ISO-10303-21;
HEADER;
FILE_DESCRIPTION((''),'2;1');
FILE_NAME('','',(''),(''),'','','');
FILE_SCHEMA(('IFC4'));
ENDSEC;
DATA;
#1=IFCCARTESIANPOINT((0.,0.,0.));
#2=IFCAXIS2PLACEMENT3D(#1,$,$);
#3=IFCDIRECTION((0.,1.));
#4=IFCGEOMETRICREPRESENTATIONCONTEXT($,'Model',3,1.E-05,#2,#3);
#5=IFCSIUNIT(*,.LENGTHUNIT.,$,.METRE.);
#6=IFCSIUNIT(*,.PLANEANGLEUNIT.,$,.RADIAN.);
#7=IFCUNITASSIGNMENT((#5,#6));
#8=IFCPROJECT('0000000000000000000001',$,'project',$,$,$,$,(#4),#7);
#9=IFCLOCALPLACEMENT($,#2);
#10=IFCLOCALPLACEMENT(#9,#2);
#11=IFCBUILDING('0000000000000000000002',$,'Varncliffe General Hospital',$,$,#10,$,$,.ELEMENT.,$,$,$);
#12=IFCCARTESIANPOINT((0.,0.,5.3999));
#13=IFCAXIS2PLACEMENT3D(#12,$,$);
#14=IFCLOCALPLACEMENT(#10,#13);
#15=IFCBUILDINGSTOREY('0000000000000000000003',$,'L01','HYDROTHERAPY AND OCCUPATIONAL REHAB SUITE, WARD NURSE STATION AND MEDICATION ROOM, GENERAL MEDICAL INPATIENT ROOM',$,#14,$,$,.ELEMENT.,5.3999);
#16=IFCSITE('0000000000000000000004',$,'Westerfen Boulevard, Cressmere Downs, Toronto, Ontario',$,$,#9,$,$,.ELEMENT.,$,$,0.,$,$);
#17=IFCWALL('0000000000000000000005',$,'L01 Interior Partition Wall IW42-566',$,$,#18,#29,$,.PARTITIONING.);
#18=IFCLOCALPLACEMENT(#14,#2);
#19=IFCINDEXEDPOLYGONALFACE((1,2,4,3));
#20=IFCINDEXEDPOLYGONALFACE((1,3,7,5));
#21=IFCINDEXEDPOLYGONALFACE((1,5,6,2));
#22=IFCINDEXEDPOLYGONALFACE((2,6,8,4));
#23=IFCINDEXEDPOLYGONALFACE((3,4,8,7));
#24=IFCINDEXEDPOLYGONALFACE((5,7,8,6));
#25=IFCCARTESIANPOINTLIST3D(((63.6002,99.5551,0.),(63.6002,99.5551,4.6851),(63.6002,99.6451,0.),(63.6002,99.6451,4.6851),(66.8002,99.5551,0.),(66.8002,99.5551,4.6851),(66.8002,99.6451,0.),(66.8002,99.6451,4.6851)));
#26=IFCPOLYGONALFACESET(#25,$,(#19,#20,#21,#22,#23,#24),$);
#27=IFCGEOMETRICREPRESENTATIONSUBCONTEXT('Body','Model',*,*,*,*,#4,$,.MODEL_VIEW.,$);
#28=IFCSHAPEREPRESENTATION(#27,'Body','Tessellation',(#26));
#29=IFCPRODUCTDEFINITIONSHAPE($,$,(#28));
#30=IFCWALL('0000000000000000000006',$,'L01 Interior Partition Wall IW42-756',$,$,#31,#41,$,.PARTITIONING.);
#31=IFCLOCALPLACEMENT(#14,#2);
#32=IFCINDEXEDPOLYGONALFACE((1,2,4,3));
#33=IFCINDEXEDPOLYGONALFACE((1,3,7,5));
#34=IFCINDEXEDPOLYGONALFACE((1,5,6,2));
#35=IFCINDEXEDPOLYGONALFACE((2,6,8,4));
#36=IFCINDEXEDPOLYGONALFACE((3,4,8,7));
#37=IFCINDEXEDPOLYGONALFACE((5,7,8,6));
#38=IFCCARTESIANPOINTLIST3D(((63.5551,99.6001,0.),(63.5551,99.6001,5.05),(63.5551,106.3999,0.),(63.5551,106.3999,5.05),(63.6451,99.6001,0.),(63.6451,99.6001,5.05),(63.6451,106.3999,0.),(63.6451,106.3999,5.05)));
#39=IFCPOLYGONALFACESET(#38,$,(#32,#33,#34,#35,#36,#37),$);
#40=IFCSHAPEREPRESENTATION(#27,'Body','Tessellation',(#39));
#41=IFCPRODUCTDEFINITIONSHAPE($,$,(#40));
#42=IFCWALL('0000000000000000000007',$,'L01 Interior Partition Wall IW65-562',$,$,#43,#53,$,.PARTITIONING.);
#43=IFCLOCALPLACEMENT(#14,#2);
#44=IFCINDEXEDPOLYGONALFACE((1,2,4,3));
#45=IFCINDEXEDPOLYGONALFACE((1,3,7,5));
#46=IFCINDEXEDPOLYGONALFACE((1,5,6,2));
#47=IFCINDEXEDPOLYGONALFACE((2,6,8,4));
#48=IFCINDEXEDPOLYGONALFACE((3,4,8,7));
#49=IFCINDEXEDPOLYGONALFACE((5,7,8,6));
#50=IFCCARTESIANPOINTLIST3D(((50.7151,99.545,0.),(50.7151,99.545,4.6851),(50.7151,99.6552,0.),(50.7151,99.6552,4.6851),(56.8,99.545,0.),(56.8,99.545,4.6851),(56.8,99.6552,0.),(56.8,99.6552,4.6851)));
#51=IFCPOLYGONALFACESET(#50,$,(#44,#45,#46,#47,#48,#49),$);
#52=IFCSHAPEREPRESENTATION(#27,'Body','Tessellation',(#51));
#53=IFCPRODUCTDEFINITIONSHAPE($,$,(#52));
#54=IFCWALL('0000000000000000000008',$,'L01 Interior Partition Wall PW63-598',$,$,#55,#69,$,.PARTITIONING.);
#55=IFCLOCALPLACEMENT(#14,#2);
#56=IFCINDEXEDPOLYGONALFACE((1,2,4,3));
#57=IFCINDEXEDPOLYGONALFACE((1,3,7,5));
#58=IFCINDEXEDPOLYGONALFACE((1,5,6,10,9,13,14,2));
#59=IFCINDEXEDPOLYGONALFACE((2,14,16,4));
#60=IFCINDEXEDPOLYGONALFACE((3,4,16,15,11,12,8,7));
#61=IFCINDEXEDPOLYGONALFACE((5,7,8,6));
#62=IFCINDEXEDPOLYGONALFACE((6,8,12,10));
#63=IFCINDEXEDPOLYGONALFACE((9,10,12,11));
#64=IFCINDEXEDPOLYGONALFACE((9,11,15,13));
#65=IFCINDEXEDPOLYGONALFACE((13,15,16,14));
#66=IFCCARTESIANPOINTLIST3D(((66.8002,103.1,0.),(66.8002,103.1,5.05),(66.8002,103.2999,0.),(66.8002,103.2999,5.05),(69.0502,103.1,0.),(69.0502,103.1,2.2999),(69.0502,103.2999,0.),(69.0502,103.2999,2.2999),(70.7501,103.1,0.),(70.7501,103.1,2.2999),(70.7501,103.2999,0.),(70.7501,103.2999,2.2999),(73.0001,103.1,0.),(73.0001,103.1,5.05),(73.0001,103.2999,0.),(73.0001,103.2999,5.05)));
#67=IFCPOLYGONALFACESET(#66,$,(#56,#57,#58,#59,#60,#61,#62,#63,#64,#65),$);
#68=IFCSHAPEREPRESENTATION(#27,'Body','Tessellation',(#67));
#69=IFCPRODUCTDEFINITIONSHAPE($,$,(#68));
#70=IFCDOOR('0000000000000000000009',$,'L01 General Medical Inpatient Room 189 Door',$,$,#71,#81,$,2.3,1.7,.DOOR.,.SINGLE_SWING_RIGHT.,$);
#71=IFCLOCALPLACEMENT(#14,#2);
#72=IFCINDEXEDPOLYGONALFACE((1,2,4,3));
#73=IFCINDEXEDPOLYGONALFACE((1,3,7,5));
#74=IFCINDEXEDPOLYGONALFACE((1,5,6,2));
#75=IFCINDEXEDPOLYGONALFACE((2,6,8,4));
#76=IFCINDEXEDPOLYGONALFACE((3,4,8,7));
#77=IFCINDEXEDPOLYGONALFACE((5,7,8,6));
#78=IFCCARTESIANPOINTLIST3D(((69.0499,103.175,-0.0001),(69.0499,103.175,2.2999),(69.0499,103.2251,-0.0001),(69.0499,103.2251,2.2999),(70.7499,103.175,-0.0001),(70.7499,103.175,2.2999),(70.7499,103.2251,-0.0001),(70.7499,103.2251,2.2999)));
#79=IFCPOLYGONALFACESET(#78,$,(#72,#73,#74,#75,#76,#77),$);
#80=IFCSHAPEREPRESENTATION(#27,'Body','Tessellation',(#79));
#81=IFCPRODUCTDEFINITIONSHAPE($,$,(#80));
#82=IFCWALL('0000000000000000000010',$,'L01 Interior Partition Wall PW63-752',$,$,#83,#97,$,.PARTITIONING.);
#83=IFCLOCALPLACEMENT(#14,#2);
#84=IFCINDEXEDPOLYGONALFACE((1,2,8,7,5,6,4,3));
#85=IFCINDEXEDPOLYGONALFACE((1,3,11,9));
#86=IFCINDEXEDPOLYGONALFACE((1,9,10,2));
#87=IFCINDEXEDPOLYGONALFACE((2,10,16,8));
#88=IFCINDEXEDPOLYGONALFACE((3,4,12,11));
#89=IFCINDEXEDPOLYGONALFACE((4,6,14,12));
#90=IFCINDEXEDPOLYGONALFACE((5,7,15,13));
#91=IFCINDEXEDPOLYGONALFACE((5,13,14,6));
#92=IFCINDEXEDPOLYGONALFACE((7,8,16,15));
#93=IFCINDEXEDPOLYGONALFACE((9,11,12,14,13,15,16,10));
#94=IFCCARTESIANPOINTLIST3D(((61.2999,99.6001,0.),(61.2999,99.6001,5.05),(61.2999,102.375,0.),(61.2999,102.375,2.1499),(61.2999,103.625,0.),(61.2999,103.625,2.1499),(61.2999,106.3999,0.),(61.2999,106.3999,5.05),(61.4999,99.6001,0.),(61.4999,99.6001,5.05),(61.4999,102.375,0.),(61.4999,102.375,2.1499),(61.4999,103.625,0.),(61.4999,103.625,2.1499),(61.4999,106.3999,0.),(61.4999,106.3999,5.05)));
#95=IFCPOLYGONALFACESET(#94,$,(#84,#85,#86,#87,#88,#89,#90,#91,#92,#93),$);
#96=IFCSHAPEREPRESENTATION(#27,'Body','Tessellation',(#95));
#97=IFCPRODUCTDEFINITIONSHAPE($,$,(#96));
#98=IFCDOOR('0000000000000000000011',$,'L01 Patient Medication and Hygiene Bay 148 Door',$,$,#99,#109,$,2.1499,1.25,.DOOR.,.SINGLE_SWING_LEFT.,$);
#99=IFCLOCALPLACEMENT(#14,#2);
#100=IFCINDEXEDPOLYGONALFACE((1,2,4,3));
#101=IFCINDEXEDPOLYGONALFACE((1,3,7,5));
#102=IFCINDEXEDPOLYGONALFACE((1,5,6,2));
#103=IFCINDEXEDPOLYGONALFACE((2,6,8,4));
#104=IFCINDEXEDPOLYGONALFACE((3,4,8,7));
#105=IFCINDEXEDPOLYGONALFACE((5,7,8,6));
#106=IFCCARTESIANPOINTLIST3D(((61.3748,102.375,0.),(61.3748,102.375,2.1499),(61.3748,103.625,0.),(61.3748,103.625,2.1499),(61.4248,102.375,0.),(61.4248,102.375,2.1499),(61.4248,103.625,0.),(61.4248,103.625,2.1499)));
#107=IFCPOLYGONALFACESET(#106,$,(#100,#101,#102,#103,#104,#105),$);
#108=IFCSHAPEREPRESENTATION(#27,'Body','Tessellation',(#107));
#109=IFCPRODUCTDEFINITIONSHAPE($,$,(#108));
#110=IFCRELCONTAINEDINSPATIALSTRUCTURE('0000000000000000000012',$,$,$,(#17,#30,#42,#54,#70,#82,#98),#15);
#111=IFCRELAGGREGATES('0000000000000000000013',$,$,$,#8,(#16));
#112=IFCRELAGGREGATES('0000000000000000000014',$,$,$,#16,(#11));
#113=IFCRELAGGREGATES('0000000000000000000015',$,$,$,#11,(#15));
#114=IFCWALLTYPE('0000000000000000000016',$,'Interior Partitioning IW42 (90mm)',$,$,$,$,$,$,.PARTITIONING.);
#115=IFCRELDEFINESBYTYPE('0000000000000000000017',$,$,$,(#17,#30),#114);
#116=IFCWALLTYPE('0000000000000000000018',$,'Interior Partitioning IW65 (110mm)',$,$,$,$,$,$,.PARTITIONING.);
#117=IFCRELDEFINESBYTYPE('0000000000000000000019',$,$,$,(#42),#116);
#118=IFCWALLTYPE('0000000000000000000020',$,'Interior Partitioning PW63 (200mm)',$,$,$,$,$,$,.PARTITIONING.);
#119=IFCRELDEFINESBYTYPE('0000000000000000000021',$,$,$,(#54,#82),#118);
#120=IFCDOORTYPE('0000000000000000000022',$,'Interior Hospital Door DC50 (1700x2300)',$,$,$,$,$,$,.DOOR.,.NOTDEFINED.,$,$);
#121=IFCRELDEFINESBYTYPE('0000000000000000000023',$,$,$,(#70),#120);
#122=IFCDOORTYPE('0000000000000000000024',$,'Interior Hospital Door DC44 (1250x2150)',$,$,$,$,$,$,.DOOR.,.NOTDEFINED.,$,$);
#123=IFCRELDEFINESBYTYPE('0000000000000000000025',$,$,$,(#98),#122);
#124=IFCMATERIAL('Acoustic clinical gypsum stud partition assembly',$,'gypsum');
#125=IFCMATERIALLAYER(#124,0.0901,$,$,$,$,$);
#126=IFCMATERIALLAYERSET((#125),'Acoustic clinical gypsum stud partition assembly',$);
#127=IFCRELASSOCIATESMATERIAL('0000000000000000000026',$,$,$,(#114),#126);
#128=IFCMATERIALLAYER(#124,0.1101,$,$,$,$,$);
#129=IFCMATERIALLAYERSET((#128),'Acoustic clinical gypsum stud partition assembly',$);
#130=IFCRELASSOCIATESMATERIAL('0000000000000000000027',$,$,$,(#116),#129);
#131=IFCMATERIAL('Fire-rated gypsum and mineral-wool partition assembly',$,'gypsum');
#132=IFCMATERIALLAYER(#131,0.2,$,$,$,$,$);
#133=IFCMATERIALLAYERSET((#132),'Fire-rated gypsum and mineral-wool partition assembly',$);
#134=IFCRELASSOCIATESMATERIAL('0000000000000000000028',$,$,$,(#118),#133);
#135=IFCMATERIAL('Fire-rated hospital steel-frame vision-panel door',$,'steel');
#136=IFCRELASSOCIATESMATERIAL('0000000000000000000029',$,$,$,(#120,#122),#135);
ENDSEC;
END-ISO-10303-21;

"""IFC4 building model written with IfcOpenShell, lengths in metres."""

from ifc_helpers import new_model, si_unit, direction, frame, frame_2d, origin, place, context, subcontext, project, spatial, rectangle, extrude, material, layer, layer_set, type_object, element, fill, save


model = new_model("IFC4")

# Units and contexts
model_context = context("Model", 3, precision=1e-05, world=origin(), true_north=direction((0.0, 1.0)))
body_context = subcontext(model_context, "Body", "Model", "MODEL_VIEW")
ifc_project = project(units=[si_unit("LENGTHUNIT", "METRE"), si_unit("PLANEANGLEUNIT", "RADIAN")], contexts=[model_context])

# Site, building, storey
site_placement = place(None, origin())
site = spatial("IfcSite", under=ifc_project, at=site_placement, Name="Westerfen Boulevard, Cressmere Downs, Toronto, Ontario", CompositionType="ELEMENT", RefElevation=0.0)
building_placement = place(site_placement, origin())
building = spatial("IfcBuilding", under=site, at=building_placement, Name="Varncliffe General Hospital", CompositionType="ELEMENT")
storey_placement = place(building_placement, frame((0.0, 0.0, 5.3999)))
storey = spatial("IfcBuildingStorey", under=building, at=storey_placement, Name="L01", Description="HYDROTHERAPY AND OCCUPATIONAL REHAB SUITE, WARD NURSE STATION AND MEDICATION ROOM, GENERAL MEDICAL INPATIENT ROOM", CompositionType="ELEMENT", Elevation=5.3999)

# Walls
ifc_material_1 = material(Name="Acoustic clinical gypsum stud partition assembly", Category="gypsum")
ifc_layer_1 = layer(ifc_material_1, 0.0901)
ifc_layer_set_1 = layer_set([ifc_layer_1], Name="Acoustic clinical gypsum stud partition assembly")
wall_type_1 = type_object("IfcWallType", Name="Interior Partitioning IW42 (90mm)", PredefinedType="PARTITIONING", material=ifc_layer_set_1)
wall_1_placement = place(storey_placement, frame((63.6001, 99.6001, 0.0), z_axis=(0.0, 0.0, 1.0), x_axis=(1.0, 0.0, 0.0)))
element("IfcWall", 1, at=wall_1_placement, inside=storey, type_object=wall_type_1, Name="L01 Interior Partition Wall IW42-566", PredefinedType="PARTITIONING", context=body_context, shape_type="SweptSolid", body=[
    extrude(rectangle(XDim=3.2, YDim=0.0901, at=frame_2d((1.6001, 0.0))), origin(), (0.0, 0.0, 1.0), 4.6851),
])
wall_2_placement = place(storey_placement, frame((63.6001, 99.6001, 0.0), z_axis=(0.0, 0.0, 1.0), x_axis=(0.0, 1.0, 0.0)))
element("IfcWall", 2, at=wall_2_placement, inside=storey, type_object=wall_type_1, Name="L01 Interior Partition Wall IW42-756", PredefinedType="PARTITIONING", context=body_context, shape_type="SweptSolid", body=[
    extrude(rectangle(XDim=6.7998, YDim=0.0901, at=frame_2d((3.3999, 0.0))), origin(), (0.0, 0.0, 1.0), 5.05),
])
ifc_layer_2 = layer(ifc_material_1, 0.1101)
ifc_layer_set_2 = layer_set([ifc_layer_2], Name="Acoustic clinical gypsum stud partition assembly")
wall_type_2 = type_object("IfcWallType", Name="Interior Partitioning IW65 (110mm)", PredefinedType="PARTITIONING", material=ifc_layer_set_2)
wall_3_placement = place(storey_placement, frame((50.7151, 99.6001, 0.0), z_axis=(0.0, 0.0, 1.0), x_axis=(1.0, 0.0, 0.0)))
element("IfcWall", 3, at=wall_3_placement, inside=storey, type_object=wall_type_2, Name="L01 Interior Partition Wall IW65-562", PredefinedType="PARTITIONING", context=body_context, shape_type="SweptSolid", body=[
    extrude(rectangle(XDim=6.085, YDim=0.1101, at=frame_2d((3.0425, 0.0))), origin(), (0.0, 0.0, 1.0), 4.6851),
])

# Walls, openings, doors
ifc_material_2 = material(Name="Fire-rated gypsum and mineral-wool partition assembly", Category="gypsum")
ifc_layer_3 = layer(ifc_material_2, 0.2)
ifc_layer_set_3 = layer_set([ifc_layer_3], Name="Fire-rated gypsum and mineral-wool partition assembly")
wall_type_3 = type_object("IfcWallType", Name="Interior Partitioning PW63 (200mm)", PredefinedType="PARTITIONING", material=ifc_layer_set_3)
wall_4_placement = place(storey_placement, frame((66.8, 103.2, 0.0), z_axis=(0.0, 0.0, 1.0), x_axis=(1.0, 0.0, 0.0)))
wall_4 = element("IfcWall", 4, at=wall_4_placement, inside=storey, type_object=wall_type_3, Name="L01 Interior Partition Wall PW63-598", PredefinedType="PARTITIONING", context=body_context, shape_type="SweptSolid", body=[
    extrude(rectangle(XDim=6.2, YDim=0.2, at=frame_2d((3.1001, 0.0))), origin(), (0.0, 0.0, 1.0), 5.05),
])
opening_1_placement = place(wall_4_placement, frame((2.25, 0.0, 0.0)))
opening_1 = element("IfcOpeningElement", 5, at=opening_1_placement, cuts=wall_4, PredefinedType="OPENING", context=body_context, shape_type="SweptSolid", body=[
    extrude(rectangle(XDim=1.7, YDim=2.3, at=frame_2d((0.8501, 1.1499))), frame((0.0, 0.1099, 0.0), z_axis=(0.0, -1.0, 0.0), x_axis=(1.0, 0.0, 0.0)), (0.0, 0.0, 1.0), 0.22),
])
ifc_material_3 = material(Name="Fire-rated hospital steel-frame vision-panel door", Category="steel")
door_type_1 = type_object("IfcDoorType", Name="Interior Hospital Door DC50 (1700x2300)", OperationType="NOTDEFINED", PredefinedType="DOOR", material=ifc_material_3)
door_1_placement = place(opening_1_placement, frame((1.7, 0.0, 0.0), z_axis=(0.0, 0.0, 1.0), x_axis=(-1.0, 0.0, 0.0)))
door_1 = element("IfcDoor", 6, at=door_1_placement, inside=storey, type_object=door_type_1, Name="L01 General Medical Inpatient Room 189 Door", OperationType="SINGLE_SWING_RIGHT", OverallHeight=2.3, OverallWidth=1.7, PredefinedType="DOOR", context=body_context, shape_type="SweptSolid", body=[
    extrude(rectangle(XDim=1.7, YDim=2.3, at=frame_2d((0.8501, 1.1499))), frame((0.0, 0.0249, 0.0), z_axis=(0.0, -1.0, 0.0), x_axis=(1.0, 0.0, 0.0)), (0.0, 0.0, 1.0), 0.05),
])
fill(opening_1, door_1)
wall_5_placement = place(storey_placement, frame((61.3999, 99.6001, 0.0), z_axis=(0.0, 0.0, 1.0), x_axis=(0.0, 1.0, 0.0)))
wall_5 = element("IfcWall", 7, at=wall_5_placement, inside=storey, type_object=wall_type_3, Name="L01 Interior Partition Wall PW63-752", PredefinedType="PARTITIONING", context=body_context, shape_type="SweptSolid", body=[
    extrude(rectangle(XDim=6.7998, YDim=0.2, at=frame_2d((3.3999, 0.0))), origin(), (0.0, 0.0, 1.0), 5.05),
])
opening_2_placement = place(wall_5_placement, frame((2.7749, 0.0, 0.0)))
opening_2 = element("IfcOpeningElement", 8, at=opening_2_placement, cuts=wall_5, PredefinedType="OPENING", context=body_context, shape_type="SweptSolid", body=[
    extrude(rectangle(XDim=1.25, YDim=2.1499, at=frame_2d((0.625, 1.075))), frame((0.0, 0.1099, 0.0), z_axis=(0.0, -1.0, 0.0), x_axis=(1.0, 0.0, 0.0)), (0.0, 0.0, 1.0), 0.22),
])
door_type_2 = type_object("IfcDoorType", Name="Interior Hospital Door DC44 (1250x2150)", OperationType="NOTDEFINED", PredefinedType="DOOR", material=ifc_material_3)
door_2_placement = place(opening_2_placement, frame((1.25, 0.0, 0.0), z_axis=(0.0, 0.0, 1.0), x_axis=(-1.0, 0.0, 0.0)))
door_2 = element("IfcDoor", 9, at=door_2_placement, inside=storey, type_object=door_type_2, Name="L01 Patient Medication and Hygiene Bay 148 Door", OperationType="SINGLE_SWING_LEFT", OverallHeight=2.1499, OverallWidth=1.25, PredefinedType="DOOR", context=body_context, shape_type="SweptSolid", body=[
    extrude(rectangle(XDim=1.25, YDim=2.1499, at=frame_2d((0.625, 1.075))), frame((0.0, 0.0249, 0.0), z_axis=(0.0, -1.0, 0.0), x_axis=(1.0, 0.0, 0.0)), (0.0, 0.0, 1.0), 0.05),
])
fill(opening_2, door_2)

save(model, "model.ifc")
